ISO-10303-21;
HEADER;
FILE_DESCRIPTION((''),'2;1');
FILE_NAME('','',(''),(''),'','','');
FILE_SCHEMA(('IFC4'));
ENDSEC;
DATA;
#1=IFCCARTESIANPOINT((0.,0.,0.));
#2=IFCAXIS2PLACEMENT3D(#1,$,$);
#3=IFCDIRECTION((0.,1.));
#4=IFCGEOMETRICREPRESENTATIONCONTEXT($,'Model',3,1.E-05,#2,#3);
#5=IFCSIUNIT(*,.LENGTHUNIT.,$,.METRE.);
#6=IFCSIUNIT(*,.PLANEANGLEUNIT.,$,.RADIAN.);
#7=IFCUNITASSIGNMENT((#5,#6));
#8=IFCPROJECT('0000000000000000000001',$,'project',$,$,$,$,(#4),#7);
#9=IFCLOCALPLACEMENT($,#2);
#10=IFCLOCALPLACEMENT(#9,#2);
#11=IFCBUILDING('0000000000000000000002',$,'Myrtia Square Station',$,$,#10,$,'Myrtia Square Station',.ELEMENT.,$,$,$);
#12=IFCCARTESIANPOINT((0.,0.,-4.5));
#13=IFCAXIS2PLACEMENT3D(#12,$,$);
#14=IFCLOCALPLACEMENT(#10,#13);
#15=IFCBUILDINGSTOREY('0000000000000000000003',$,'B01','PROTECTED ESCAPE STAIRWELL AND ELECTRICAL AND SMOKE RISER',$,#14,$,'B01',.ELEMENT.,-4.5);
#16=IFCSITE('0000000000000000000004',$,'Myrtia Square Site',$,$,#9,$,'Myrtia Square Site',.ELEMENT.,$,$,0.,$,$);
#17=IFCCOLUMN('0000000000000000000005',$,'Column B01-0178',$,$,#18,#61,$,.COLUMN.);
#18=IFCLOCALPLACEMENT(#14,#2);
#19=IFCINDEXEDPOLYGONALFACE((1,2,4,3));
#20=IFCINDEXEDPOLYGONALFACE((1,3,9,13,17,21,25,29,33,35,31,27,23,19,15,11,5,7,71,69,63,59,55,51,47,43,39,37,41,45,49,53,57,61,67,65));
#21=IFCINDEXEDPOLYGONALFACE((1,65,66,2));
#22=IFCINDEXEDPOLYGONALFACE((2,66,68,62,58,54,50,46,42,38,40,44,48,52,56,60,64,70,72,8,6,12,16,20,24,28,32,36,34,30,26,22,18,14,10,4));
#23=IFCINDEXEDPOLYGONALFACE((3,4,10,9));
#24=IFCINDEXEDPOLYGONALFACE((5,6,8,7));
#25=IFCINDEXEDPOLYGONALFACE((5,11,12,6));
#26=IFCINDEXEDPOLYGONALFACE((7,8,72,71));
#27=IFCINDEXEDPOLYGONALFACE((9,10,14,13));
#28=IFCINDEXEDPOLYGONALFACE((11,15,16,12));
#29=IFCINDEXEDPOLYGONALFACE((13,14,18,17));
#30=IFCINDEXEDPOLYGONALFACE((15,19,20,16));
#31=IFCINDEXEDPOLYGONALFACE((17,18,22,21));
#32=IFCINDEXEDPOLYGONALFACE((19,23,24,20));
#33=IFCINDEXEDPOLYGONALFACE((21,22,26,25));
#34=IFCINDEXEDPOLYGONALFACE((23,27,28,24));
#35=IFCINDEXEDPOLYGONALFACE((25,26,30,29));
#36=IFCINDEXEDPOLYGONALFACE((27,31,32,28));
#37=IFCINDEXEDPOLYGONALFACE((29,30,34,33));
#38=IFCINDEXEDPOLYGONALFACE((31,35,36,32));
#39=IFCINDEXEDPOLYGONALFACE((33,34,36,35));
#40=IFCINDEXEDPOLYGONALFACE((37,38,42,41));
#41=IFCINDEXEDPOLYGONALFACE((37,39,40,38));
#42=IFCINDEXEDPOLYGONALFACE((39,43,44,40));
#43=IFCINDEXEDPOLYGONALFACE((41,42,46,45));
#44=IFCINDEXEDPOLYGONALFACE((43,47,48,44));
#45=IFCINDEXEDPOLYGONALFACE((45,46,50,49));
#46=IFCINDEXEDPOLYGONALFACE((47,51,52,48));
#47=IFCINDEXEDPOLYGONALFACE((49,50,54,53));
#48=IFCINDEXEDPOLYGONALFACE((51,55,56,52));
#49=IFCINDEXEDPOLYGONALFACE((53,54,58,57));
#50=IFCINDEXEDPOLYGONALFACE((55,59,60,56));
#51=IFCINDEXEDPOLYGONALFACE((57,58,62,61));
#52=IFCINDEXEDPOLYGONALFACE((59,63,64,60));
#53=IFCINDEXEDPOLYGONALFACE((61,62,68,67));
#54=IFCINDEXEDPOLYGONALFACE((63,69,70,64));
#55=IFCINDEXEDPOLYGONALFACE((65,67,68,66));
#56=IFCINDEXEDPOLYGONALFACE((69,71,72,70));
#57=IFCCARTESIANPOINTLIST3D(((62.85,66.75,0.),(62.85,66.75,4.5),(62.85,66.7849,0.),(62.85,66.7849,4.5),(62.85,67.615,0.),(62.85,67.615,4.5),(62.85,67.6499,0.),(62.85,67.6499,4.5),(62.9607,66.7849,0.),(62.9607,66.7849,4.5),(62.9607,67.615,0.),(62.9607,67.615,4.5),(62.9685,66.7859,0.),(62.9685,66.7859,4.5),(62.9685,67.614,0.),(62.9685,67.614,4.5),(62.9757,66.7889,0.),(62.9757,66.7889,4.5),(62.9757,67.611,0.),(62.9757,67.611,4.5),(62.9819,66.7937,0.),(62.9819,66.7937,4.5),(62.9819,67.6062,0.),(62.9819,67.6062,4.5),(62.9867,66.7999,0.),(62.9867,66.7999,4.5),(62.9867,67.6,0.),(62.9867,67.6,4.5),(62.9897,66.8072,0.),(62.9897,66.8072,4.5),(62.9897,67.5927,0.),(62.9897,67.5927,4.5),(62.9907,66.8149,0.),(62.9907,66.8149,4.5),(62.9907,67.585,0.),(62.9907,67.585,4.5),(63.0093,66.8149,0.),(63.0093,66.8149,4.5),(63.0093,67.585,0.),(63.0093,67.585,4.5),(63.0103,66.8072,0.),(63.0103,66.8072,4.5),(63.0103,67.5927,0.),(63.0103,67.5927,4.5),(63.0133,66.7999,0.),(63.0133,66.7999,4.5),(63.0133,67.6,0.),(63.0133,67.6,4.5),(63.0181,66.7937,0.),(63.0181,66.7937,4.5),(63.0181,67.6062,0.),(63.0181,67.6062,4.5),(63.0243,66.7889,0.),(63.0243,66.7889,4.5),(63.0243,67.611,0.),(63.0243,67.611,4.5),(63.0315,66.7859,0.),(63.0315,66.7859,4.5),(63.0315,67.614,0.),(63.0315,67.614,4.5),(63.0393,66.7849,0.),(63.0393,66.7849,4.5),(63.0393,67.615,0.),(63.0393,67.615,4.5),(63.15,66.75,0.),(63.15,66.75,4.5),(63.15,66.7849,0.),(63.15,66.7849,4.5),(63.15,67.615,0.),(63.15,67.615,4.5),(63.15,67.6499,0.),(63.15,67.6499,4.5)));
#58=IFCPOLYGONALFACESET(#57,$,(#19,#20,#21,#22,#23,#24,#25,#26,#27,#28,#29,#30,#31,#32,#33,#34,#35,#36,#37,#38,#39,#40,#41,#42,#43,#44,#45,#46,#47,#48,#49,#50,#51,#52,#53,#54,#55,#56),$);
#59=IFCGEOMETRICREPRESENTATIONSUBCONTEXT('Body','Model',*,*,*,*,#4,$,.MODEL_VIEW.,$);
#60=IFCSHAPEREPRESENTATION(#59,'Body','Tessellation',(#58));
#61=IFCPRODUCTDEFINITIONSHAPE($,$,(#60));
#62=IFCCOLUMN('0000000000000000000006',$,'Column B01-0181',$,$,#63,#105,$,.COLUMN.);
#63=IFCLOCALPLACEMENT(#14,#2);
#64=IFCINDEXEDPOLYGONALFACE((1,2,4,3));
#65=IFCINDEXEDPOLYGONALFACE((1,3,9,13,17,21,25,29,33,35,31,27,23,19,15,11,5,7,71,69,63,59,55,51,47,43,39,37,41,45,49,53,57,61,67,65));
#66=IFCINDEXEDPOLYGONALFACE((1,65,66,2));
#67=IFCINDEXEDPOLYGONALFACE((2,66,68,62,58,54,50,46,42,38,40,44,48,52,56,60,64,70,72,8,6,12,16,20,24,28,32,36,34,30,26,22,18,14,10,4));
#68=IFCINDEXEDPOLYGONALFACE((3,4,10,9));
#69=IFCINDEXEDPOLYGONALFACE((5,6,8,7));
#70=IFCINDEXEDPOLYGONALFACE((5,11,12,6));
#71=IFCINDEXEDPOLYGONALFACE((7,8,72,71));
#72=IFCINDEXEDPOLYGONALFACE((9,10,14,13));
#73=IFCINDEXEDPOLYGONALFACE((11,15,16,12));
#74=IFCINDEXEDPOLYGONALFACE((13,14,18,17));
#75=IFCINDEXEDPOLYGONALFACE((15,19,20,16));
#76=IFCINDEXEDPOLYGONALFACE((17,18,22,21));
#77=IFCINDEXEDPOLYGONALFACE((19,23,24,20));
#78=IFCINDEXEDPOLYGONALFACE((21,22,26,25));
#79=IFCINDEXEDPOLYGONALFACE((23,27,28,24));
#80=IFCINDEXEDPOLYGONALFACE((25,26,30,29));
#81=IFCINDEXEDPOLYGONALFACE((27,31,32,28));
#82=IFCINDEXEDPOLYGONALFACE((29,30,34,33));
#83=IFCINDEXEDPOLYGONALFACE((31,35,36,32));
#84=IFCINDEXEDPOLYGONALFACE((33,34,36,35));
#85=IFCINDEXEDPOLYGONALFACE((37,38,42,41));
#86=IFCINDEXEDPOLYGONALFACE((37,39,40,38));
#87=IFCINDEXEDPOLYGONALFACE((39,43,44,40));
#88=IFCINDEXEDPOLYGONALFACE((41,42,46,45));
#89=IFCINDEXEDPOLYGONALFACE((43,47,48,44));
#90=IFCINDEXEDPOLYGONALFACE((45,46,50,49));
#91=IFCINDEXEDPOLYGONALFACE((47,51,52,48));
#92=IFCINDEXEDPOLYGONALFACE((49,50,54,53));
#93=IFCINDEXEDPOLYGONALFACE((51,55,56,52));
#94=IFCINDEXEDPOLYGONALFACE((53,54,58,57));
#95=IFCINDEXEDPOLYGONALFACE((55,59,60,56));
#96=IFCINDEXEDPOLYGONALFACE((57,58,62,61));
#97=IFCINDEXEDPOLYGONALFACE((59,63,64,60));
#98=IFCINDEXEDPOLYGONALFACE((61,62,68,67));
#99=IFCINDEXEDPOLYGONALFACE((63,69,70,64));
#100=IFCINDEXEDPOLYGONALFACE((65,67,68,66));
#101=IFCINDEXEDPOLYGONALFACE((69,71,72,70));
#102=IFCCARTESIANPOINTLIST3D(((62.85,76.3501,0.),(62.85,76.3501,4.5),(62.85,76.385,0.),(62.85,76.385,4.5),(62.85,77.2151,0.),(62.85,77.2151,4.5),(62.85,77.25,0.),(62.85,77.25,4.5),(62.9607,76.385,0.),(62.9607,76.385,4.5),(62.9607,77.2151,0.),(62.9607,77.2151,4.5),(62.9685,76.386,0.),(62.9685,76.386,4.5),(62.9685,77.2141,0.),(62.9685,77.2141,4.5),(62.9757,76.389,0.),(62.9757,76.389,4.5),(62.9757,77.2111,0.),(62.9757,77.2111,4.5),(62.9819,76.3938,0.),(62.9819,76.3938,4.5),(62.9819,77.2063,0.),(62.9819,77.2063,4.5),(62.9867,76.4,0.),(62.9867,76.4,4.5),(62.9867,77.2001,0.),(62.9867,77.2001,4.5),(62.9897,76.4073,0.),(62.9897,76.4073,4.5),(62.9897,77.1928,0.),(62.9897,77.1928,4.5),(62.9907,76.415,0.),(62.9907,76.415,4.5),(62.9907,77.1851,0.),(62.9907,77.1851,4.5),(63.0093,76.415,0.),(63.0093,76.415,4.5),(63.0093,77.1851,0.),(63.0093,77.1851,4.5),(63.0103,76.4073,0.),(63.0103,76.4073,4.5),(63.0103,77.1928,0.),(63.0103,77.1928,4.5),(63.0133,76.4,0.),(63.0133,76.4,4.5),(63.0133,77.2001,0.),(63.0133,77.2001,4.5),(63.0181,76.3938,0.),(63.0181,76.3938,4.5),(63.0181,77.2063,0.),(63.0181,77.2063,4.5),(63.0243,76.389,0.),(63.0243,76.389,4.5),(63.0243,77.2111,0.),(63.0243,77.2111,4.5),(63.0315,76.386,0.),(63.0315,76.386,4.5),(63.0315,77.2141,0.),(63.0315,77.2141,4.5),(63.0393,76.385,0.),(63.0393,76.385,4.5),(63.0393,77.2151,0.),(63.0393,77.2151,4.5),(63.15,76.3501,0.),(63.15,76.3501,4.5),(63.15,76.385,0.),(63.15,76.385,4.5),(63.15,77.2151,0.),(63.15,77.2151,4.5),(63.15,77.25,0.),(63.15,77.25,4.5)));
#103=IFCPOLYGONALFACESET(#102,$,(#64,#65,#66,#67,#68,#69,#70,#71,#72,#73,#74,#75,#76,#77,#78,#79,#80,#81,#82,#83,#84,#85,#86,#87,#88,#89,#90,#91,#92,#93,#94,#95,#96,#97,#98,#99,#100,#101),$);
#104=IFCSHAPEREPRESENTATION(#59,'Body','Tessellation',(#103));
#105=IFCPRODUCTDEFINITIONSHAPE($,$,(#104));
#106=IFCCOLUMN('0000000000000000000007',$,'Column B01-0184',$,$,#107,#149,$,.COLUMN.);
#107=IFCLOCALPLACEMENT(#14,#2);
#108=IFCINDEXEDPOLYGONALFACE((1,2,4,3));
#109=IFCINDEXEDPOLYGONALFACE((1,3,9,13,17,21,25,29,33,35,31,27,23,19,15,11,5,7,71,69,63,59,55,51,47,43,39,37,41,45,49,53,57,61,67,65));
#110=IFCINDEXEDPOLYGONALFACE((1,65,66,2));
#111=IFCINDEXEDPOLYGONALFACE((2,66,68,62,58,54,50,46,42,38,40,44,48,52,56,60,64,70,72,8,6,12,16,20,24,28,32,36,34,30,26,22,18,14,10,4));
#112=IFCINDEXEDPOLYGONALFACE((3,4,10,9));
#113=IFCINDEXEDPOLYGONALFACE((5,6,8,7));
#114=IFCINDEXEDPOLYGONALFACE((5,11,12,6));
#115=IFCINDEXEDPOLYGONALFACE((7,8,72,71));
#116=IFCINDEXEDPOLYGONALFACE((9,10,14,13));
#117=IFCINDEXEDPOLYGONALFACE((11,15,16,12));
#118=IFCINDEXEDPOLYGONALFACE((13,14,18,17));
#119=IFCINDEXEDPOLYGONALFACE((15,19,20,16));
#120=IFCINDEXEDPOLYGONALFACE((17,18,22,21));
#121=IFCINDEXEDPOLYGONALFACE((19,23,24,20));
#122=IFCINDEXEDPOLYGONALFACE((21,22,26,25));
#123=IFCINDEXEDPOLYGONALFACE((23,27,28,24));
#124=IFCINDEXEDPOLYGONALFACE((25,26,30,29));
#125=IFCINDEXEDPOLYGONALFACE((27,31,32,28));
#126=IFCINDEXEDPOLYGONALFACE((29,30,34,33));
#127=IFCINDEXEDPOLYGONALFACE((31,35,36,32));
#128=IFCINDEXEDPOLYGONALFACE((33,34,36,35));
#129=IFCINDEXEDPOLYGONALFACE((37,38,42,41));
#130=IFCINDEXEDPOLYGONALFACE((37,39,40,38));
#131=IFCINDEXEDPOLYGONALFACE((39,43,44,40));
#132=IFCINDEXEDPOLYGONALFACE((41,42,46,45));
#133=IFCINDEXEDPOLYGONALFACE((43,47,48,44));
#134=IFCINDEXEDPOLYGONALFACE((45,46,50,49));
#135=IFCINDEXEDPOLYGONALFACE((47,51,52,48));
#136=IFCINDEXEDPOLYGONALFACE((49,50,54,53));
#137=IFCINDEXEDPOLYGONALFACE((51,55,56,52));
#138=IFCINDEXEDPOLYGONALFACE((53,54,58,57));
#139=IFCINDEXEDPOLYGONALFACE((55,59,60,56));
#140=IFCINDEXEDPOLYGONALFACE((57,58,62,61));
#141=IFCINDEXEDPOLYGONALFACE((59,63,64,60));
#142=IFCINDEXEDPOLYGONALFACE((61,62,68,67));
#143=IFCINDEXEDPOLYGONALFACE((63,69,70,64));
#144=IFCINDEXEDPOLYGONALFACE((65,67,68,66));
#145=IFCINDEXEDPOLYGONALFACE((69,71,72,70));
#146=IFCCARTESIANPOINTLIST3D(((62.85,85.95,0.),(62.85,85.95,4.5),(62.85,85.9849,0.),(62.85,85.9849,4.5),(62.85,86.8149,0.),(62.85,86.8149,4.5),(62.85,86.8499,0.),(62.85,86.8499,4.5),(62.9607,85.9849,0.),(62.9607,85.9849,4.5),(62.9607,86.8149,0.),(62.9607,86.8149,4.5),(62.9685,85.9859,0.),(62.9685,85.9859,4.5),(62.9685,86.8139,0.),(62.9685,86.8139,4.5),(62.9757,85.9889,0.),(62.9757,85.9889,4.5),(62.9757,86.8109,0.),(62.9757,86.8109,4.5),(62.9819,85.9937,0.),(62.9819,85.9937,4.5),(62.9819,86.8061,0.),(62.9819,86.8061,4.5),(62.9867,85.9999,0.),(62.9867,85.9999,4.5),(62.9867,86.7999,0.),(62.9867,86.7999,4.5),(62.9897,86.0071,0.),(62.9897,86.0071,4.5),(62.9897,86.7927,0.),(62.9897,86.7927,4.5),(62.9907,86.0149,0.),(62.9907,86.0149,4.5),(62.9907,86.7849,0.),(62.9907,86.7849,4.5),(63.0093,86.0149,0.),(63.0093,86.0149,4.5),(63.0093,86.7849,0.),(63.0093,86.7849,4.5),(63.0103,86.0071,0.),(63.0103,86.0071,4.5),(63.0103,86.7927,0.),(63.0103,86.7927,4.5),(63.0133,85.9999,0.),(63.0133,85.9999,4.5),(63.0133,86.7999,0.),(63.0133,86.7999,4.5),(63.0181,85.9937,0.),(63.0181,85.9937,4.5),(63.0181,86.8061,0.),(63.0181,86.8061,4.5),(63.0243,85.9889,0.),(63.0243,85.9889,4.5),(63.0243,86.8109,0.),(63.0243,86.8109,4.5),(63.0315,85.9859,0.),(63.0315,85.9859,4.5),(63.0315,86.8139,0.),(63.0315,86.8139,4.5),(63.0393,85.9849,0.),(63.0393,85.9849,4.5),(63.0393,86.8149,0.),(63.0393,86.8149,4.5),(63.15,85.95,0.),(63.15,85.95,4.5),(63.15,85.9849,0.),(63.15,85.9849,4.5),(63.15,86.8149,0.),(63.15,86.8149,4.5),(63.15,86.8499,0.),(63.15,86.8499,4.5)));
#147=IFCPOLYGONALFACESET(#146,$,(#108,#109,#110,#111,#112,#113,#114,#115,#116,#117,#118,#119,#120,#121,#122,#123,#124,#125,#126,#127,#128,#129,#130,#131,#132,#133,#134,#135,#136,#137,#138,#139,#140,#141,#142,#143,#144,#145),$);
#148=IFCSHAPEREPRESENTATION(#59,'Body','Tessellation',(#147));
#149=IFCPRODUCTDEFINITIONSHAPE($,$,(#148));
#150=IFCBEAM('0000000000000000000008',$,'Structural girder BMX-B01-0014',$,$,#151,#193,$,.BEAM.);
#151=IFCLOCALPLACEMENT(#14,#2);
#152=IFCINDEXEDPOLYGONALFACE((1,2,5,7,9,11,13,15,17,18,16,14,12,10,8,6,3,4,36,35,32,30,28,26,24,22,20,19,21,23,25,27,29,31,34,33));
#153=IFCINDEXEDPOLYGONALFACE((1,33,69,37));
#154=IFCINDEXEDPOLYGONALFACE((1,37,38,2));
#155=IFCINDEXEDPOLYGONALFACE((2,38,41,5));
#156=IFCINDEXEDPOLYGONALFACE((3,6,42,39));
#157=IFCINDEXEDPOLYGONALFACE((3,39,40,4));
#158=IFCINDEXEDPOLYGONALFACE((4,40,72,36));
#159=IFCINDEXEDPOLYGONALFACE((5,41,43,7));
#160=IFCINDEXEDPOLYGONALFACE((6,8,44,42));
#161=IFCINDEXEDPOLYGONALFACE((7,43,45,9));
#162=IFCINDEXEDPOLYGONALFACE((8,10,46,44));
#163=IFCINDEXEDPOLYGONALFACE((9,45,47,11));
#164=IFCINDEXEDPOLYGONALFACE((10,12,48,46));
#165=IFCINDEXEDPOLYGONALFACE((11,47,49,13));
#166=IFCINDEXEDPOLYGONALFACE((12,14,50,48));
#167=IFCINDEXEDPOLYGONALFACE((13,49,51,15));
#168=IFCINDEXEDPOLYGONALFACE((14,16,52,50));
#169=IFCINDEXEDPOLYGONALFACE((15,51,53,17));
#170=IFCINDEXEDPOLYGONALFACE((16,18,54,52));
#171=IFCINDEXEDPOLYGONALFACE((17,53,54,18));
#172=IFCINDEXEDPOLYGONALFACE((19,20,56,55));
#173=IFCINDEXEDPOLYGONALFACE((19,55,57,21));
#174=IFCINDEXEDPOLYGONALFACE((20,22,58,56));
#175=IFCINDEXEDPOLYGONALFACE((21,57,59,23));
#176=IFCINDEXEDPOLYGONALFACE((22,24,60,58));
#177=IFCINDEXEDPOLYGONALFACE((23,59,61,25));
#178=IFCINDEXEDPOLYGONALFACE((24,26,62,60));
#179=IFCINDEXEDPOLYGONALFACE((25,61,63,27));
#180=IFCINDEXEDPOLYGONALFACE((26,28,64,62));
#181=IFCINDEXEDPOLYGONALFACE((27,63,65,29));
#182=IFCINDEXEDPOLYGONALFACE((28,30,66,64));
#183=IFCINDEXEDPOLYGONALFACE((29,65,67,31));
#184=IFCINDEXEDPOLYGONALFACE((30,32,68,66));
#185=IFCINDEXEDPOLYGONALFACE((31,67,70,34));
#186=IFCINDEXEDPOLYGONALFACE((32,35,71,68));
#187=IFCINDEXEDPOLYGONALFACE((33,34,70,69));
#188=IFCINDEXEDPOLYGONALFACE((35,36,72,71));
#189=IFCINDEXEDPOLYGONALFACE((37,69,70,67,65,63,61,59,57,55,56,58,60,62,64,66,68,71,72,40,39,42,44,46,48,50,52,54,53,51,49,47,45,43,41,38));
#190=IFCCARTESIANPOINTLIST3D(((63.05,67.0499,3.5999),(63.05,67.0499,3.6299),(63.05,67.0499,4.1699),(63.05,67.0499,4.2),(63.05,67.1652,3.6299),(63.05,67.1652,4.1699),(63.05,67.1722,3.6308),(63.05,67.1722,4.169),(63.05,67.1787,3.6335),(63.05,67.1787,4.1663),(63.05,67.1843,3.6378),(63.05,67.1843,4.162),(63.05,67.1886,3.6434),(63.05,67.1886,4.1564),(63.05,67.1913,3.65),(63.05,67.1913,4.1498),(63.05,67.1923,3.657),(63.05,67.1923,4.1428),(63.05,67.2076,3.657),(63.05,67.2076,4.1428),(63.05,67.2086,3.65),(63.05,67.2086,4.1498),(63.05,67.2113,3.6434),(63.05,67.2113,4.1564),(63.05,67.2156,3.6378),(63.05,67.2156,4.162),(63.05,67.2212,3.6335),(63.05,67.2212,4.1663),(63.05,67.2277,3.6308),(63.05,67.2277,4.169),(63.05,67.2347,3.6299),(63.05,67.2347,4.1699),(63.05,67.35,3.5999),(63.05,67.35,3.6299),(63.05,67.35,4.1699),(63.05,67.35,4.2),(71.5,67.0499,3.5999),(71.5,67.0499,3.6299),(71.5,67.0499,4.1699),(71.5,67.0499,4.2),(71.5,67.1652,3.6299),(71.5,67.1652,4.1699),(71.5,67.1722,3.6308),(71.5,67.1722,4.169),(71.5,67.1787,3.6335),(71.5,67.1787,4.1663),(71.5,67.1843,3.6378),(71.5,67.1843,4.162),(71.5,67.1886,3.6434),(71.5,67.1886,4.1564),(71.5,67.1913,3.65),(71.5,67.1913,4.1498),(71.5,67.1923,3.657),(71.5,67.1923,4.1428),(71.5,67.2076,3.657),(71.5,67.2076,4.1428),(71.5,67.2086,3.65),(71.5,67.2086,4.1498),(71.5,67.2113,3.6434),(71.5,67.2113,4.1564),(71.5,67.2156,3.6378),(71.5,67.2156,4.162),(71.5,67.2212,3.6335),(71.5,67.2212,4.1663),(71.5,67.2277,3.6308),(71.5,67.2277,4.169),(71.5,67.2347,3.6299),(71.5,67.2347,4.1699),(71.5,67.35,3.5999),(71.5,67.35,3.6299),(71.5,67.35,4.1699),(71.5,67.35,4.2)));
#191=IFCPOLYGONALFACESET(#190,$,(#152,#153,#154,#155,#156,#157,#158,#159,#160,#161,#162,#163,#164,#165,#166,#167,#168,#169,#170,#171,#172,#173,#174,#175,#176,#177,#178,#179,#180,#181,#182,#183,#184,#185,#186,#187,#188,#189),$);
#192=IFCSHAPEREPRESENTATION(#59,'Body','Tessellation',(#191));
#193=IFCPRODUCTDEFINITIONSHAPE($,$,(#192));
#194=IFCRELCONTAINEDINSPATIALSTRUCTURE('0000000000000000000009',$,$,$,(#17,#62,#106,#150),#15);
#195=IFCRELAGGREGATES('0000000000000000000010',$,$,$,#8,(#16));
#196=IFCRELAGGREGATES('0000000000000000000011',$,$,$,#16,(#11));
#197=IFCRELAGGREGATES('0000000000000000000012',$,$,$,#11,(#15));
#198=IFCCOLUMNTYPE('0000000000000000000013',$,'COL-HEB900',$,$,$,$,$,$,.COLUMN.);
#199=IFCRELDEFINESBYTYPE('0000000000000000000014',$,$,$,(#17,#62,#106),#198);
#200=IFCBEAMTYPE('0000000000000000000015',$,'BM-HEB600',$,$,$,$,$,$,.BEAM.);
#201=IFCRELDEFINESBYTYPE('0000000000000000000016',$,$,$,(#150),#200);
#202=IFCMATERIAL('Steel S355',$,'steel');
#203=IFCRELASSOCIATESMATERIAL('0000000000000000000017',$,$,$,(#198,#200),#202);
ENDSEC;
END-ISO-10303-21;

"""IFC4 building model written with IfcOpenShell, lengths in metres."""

from ifc_helpers import new_model, si_unit, direction, frame, origin, origin_2d, place, context, subcontext, project, spatial, i_section, extrude, material, material_profile, profile_set, type_object, element, save


model = new_model("IFC4")

# Units and contexts
model_context = context("Model", 3, precision=1e-05, world=origin(), true_north=direction((0.0, 1.0)))
body_context = subcontext(model_context, "Body", "Model", "MODEL_VIEW")
ifc_project = project(units=[si_unit("LENGTHUNIT", "METRE"), si_unit("PLANEANGLEUNIT", "RADIAN")], contexts=[model_context])

# Site, building, storey
site_placement = place(None, origin())
site = spatial("IfcSite", under=ifc_project, at=site_placement, Name="Myrtia Square Site", LongName="Myrtia Square Site", CompositionType="ELEMENT", RefElevation=0.0)
building_placement = place(site_placement, origin())
building = spatial("IfcBuilding", under=site, at=building_placement, Name="Myrtia Square Station", LongName="Myrtia Square Station", CompositionType="ELEMENT")
storey_placement = place(building_placement, frame((0.0, 0.0, -4.5)))
storey = spatial("IfcBuildingStorey", under=building, at=storey_placement, Name="B01", Description="PROTECTED ESCAPE STAIRWELL AND ELECTRICAL AND SMOKE RISER", LongName="B01", CompositionType="ELEMENT", Elevation=-4.5)

# Columns
ifc_material_1 = material(Name="Steel S355", Category="steel")
ifc_material_profile_1 = material_profile(ifc_material_1, i_section(OverallWidth=0.3, OverallDepth=0.8999, WebThickness=0.0186, FlangeThickness=0.0349, FilletRadius=0.03, at=origin_2d()), Name="HEB 900")
ifc_profile_set_1 = profile_set([ifc_material_profile_1], Name="Steel S355")
column_type_1 = type_object("IfcColumnType", Name="COL-HEB900", PredefinedType="COLUMN", material=ifc_profile_set_1)
for number, where, z_axis, x_axis, name in (
    (1, (63.0, 67.2, 0.0), (0.0, 0.0, 1.0), (1.0, 0.0, 0.0), "Column B01-0178"),
    (2, (63.0, 76.8, 0.0), (0.0, 0.0, 1.0), (1.0, 0.0, 0.0), "Column B01-0181"),
    (3, (63.0, 86.3999, 0.0), (0.0, 0.0, 1.0), (1.0, 0.0, 0.0), "Column B01-0184"),
):
    element("IfcColumn", number, at=place(storey_placement, frame(where, z_axis=z_axis, x_axis=x_axis)), inside=storey, type_object=column_type_1, Name=name, PredefinedType="COLUMN", context=body_context, shape_type="SweptSolid", body=[
        extrude(i_section(OverallWidth=0.3, OverallDepth=0.8999, WebThickness=0.0186, FlangeThickness=0.0349, FilletRadius=0.03, at=origin_2d()), origin(), (0.0, 0.0, 1.0), 4.5),
    ])

# Beam
ifc_material_profile_2 = material_profile(ifc_material_1, i_section(OverallWidth=0.3, OverallDepth=0.6001, WebThickness=0.0154, FlangeThickness=0.03, FilletRadius=0.0271, at=origin_2d()), Name="HEB 600")
ifc_profile_set_2 = profile_set([ifc_material_profile_2], Name="Steel S355")
beam_type_1 = type_object("IfcBeamType", Name="BM-HEB600", PredefinedType="BEAM", material=ifc_profile_set_2)
for number, where, z_axis, x_axis, name in (
    (4, (63.05, 67.2, 3.8999), (1.0, 0.0, 0.0), (0.0, 1.0, 0.0), "Structural girder BMX-B01-0014"),
):
    element("IfcBeam", number, at=place(storey_placement, frame(where, z_axis=z_axis, x_axis=x_axis)), inside=storey, type_object=beam_type_1, Name=name, PredefinedType="BEAM", context=body_context, shape_type="SweptSolid", body=[
        extrude(i_section(OverallWidth=0.3, OverallDepth=0.6001, WebThickness=0.0154, FlangeThickness=0.03, FilletRadius=0.0271, at=origin_2d()), origin(), (0.0, 0.0, 1.0), 8.45),
    ])

save(model, "model.ifc")
